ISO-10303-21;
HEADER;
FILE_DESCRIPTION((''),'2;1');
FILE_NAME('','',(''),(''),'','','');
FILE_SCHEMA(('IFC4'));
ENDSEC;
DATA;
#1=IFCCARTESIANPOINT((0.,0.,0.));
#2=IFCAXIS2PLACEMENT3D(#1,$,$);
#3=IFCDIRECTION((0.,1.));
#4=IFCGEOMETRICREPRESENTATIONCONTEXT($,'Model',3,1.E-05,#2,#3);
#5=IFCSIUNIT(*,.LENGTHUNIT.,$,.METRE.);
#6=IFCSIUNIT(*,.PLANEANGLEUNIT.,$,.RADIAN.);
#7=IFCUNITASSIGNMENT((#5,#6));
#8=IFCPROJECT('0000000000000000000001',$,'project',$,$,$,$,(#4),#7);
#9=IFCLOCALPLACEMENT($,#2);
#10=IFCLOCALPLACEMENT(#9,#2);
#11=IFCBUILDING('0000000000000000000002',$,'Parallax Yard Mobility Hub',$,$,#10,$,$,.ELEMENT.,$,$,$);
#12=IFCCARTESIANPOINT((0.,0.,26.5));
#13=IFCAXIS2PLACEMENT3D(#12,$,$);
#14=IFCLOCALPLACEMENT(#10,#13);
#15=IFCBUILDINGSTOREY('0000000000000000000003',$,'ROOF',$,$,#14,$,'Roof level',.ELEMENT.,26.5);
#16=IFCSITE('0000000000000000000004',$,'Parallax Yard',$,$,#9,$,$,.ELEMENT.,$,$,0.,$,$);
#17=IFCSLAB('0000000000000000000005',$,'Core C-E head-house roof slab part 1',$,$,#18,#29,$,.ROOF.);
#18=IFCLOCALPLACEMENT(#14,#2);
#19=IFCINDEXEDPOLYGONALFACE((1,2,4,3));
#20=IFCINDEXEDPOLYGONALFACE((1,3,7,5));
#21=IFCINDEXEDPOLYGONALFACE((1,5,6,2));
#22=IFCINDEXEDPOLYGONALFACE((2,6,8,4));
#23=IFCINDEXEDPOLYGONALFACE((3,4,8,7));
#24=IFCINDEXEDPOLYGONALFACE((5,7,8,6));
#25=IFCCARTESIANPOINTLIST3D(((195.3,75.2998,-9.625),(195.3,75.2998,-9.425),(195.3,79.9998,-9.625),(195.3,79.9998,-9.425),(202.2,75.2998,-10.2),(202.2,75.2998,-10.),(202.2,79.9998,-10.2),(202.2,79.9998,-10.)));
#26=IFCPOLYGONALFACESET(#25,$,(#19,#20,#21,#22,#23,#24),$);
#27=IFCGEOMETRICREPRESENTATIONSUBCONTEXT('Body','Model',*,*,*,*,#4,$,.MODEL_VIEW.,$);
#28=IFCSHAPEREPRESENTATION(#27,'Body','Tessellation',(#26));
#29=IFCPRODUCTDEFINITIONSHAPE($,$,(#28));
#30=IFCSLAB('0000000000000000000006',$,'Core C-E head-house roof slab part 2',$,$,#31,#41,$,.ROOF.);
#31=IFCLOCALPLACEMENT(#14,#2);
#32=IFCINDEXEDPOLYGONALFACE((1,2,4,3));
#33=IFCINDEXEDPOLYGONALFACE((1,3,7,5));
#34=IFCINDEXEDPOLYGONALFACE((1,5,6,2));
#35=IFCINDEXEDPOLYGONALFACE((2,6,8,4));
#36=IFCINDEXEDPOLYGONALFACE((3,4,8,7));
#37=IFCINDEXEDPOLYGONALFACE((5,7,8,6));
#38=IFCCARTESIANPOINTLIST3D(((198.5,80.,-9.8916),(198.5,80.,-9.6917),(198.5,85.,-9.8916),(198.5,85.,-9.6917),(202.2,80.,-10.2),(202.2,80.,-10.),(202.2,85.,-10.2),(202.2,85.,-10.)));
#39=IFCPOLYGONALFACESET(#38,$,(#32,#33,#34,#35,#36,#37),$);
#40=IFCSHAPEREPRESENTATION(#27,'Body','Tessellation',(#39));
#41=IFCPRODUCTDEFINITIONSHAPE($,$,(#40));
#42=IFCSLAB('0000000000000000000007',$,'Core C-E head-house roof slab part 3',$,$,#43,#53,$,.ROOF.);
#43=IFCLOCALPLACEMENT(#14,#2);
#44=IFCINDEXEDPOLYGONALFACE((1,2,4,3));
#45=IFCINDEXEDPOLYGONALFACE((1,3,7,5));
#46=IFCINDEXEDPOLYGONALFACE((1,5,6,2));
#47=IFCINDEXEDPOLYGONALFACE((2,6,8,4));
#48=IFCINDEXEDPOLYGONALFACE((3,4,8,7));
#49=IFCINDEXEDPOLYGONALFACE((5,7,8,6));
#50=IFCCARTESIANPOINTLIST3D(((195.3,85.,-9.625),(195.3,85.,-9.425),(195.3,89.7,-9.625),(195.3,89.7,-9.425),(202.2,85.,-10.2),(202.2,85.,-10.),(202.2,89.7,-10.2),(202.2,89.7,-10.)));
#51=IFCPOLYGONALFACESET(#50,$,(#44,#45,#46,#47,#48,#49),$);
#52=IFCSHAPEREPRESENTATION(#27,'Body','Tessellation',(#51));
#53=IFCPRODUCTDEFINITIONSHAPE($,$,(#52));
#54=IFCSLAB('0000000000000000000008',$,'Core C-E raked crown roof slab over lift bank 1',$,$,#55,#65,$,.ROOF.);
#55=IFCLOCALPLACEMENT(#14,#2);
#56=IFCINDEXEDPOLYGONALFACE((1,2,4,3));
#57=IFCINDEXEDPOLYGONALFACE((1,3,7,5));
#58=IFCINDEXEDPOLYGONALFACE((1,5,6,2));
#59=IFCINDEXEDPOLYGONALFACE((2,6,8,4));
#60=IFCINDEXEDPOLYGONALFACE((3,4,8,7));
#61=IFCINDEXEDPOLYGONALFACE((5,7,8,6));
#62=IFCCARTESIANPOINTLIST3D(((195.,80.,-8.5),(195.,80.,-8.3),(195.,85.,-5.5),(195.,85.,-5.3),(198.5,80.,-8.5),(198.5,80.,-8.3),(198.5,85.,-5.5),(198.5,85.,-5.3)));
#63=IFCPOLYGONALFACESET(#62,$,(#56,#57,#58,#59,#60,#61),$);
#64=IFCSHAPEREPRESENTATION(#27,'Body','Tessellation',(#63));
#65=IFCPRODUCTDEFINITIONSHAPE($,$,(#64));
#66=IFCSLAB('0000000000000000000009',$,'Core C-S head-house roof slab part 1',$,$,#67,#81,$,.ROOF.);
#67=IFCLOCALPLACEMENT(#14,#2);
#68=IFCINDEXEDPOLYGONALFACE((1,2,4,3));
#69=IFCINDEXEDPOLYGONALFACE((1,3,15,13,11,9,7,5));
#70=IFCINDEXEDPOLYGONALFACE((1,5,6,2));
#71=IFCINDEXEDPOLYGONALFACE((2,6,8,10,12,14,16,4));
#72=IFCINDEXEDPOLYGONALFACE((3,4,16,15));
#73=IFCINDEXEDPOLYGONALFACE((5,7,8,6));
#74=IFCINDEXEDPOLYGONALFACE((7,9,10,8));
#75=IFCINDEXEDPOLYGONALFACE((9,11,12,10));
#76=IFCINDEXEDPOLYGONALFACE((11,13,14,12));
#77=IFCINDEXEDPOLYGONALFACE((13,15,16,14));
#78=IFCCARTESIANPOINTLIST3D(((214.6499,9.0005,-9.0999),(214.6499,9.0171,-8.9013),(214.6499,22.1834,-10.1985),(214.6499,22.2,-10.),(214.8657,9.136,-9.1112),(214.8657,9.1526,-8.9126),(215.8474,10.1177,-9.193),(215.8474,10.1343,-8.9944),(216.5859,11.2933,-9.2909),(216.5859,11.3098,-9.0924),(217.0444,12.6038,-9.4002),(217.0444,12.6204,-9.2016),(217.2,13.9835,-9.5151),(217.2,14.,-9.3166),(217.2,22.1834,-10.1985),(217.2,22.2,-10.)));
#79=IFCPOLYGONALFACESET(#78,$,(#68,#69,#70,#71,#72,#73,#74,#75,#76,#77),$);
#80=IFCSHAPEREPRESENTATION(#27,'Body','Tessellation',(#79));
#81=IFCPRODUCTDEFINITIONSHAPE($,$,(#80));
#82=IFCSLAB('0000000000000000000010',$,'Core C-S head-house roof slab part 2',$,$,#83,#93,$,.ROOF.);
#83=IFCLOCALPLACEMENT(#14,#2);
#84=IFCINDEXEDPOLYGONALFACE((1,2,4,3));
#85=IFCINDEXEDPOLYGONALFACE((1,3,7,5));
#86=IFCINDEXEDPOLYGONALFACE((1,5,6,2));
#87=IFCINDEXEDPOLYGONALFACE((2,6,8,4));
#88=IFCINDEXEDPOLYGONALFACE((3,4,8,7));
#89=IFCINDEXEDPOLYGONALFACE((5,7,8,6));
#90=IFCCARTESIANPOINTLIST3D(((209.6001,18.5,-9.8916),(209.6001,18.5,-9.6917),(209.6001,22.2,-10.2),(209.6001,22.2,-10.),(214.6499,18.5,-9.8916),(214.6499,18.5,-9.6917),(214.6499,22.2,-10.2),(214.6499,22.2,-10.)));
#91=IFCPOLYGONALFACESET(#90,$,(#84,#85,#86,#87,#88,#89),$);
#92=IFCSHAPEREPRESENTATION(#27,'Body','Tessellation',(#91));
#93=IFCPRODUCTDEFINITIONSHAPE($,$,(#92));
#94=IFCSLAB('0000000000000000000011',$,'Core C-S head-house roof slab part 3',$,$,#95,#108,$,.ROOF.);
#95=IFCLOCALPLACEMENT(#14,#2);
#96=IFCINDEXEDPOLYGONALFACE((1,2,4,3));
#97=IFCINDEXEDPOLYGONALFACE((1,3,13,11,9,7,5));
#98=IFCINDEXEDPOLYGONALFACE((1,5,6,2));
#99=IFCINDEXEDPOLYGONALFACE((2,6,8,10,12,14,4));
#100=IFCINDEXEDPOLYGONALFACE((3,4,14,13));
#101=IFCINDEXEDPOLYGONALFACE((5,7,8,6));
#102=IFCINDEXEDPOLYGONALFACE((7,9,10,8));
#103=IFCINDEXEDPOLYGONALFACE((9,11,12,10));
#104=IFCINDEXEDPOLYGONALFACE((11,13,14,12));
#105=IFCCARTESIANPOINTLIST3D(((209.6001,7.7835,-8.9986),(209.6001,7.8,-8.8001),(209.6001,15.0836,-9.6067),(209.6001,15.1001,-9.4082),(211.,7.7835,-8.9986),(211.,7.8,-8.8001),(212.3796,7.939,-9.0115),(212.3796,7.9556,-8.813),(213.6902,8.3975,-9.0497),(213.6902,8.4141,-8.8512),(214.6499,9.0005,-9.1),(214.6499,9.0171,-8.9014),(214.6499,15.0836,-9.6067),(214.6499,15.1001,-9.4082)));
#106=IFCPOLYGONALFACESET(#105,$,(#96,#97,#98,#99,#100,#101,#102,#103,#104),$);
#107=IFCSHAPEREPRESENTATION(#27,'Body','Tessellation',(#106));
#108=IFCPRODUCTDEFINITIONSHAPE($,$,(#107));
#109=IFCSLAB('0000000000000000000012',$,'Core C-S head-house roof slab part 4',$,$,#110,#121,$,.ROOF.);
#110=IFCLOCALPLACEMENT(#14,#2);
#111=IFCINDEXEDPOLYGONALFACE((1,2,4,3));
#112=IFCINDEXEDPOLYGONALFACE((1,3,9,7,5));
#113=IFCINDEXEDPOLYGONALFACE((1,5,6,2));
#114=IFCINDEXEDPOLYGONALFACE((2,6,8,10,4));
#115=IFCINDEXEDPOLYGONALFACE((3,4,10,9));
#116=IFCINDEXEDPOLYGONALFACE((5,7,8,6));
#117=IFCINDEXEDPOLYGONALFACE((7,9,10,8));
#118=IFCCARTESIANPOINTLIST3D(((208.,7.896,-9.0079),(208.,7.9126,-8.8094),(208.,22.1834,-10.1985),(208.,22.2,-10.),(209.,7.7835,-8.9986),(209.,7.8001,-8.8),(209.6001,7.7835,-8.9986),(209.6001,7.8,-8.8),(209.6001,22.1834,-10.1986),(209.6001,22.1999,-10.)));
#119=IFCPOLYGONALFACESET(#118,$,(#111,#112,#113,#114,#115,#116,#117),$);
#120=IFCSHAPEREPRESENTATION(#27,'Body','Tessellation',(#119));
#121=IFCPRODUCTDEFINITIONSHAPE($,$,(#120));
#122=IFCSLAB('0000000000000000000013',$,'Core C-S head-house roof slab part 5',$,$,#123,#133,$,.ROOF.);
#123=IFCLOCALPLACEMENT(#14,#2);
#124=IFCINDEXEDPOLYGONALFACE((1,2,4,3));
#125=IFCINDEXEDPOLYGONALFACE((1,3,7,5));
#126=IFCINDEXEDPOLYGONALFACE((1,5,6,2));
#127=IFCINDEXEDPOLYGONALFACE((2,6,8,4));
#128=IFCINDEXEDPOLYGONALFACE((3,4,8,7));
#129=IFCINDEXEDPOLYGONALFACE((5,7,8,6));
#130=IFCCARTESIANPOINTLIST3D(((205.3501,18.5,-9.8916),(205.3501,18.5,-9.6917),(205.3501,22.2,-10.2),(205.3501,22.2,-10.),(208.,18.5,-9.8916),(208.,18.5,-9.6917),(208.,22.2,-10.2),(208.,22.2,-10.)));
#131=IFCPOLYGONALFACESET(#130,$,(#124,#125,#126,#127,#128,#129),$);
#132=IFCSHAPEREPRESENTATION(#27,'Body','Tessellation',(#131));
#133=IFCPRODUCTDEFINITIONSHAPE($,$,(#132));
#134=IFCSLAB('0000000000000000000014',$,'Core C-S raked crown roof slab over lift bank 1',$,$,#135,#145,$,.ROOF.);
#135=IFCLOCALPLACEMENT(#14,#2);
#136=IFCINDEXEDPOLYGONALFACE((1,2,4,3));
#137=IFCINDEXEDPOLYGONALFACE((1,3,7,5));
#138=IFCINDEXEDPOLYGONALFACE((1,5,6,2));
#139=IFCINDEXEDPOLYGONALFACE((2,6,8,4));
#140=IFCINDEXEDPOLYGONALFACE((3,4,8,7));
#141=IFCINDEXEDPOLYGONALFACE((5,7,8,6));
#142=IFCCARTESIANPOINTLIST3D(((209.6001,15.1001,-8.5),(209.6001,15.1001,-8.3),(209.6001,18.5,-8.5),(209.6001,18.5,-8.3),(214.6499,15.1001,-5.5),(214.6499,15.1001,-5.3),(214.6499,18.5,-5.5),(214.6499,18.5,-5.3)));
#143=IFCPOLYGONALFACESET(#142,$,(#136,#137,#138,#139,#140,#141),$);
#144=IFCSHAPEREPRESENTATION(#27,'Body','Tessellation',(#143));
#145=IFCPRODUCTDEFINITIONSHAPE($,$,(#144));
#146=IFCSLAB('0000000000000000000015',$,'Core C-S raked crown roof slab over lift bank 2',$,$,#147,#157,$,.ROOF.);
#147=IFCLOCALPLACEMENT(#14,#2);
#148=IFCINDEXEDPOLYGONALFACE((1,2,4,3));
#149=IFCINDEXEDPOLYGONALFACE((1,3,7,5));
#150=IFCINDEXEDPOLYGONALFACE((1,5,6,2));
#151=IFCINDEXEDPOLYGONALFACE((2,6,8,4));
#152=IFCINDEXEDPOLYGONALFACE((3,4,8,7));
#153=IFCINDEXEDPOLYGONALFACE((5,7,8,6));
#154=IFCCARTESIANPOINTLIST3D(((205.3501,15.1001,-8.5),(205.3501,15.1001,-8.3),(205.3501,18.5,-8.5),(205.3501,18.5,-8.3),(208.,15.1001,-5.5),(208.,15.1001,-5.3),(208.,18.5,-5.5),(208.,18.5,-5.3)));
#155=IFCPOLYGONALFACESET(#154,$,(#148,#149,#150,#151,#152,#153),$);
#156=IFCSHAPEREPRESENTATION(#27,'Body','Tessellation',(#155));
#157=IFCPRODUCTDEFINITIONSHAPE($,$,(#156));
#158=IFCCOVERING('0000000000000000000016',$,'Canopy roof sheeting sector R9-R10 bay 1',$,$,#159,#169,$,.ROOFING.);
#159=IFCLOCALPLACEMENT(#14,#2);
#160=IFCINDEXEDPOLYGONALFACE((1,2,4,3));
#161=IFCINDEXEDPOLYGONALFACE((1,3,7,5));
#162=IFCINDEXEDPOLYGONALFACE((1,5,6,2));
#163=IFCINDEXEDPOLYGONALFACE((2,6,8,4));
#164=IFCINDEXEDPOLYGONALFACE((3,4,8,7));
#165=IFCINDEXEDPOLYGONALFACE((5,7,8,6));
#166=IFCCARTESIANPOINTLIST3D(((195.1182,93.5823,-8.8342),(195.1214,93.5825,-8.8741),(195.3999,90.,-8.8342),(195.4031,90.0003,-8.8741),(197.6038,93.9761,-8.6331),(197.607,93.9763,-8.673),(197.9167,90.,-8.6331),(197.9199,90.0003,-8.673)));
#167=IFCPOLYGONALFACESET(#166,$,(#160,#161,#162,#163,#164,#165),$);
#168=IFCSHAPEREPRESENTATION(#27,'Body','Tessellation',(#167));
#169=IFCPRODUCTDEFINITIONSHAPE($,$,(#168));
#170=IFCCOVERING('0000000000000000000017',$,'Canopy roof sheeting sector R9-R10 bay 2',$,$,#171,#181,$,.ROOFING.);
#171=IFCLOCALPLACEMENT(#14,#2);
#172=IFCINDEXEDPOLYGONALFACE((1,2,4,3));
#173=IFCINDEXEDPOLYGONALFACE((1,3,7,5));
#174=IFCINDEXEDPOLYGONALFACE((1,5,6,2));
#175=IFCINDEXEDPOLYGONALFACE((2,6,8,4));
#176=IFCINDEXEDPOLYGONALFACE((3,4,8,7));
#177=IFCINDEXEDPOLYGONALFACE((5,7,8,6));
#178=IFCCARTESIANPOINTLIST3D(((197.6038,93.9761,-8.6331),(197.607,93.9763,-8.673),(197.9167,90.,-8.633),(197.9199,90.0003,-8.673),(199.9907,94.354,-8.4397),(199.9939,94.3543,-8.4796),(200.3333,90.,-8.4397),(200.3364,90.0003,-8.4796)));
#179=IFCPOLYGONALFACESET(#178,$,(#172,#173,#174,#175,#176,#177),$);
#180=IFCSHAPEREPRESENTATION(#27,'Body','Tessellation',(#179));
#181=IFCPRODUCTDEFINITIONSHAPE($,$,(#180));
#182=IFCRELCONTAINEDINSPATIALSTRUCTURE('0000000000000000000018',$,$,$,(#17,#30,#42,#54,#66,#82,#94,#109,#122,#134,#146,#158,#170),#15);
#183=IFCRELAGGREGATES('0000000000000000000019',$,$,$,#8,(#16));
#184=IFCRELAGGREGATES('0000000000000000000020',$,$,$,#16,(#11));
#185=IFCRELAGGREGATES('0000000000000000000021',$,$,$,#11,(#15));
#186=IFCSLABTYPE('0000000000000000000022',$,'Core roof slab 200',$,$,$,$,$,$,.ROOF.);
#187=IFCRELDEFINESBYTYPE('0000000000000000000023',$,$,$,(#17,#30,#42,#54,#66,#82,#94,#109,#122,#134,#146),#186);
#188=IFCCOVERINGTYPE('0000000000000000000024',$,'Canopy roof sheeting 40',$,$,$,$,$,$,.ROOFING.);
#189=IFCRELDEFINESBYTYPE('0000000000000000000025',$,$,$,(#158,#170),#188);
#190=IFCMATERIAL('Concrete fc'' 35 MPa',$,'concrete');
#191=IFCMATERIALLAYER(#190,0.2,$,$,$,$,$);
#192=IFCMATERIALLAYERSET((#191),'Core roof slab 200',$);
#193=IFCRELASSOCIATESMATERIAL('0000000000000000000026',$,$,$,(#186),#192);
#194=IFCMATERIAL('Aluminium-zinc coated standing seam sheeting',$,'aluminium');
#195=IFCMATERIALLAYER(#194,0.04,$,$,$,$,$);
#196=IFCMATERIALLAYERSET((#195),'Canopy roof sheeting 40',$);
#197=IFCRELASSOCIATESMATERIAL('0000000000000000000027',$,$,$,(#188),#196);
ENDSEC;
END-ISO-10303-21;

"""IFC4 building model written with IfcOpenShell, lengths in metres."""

from ifc_helpers import new_model, si_unit, direction, frame, origin, place, context, subcontext, project, spatial, polyline, outline, extrude, material, layer, layer_set, type_object, element, save


model = new_model("IFC4")

# Units and contexts
model_context = context("Model", 3, precision=1e-05, world=origin(), true_north=direction((0.0, 1.0)))
body_context = subcontext(model_context, "Body", "Model", "MODEL_VIEW")
ifc_project = project(units=[si_unit("LENGTHUNIT", "METRE"), si_unit("PLANEANGLEUNIT", "RADIAN")], contexts=[model_context])

# Site, building, storey
site_placement = place(None, origin())
site = spatial("IfcSite", under=ifc_project, at=site_placement, Name="Parallax Yard", CompositionType="ELEMENT", RefElevation=0.0)
building_placement = place(site_placement, origin())
building = spatial("IfcBuilding", under=site, at=building_placement, Name="Parallax Yard Mobility Hub", CompositionType="ELEMENT")
storey_placement = place(building_placement, frame((0.0, 0.0, 26.5)))
storey = spatial("IfcBuildingStorey", under=building, at=storey_placement, Name="ROOF", LongName="Roof level", CompositionType="ELEMENT", Elevation=26.5)

# Slabs
ifc_material_1 = material(Name="Concrete fc' 35 MPa", Category="concrete")
ifc_layer_1 = layer(ifc_material_1, 0.2)
ifc_layer_set_1 = layer_set([ifc_layer_1], Name="Core roof slab 200")
slab_type = type_object("IfcSlabType", Name="Core roof slab 200", PredefinedType="ROOF", material=ifc_layer_set_1)
placement = place(building_placement, frame((0.0, 0.0, 13.2)))
slab_1_placement = place(placement, frame((202.2, 77.6499, 3.3), z_axis=(0.0, 0.0, 1.0), x_axis=(-1.0, 0.0, 0.0)))
element("IfcSlab", 1, at=slab_1_placement, inside=storey, type_object=slab_type, Name="Core C-E head-house roof slab part 1", PredefinedType="ROOF", context=body_context, shape_type="SweptSolid", body=[
    extrude(outline(polyline([(0.0, -0.2), (6.8999, 0.375), (6.8999, 0.575), (0.0, 0.0), (0.0, -0.2)])), frame((0.0, 2.3501, 0.0), z_axis=(0.0, -1.0, 0.0), x_axis=(1.0, 0.0, 0.0)), (0.0, 0.0, 1.0), 4.7),
])
slab_2_placement = place(placement, frame((202.2, 82.5, 3.3), z_axis=(0.0, 0.0, 1.0), x_axis=(-1.0, 0.0, 0.0)))
element("IfcSlab", 2, at=slab_2_placement, inside=storey, type_object=slab_type, Name="Core C-E head-house roof slab part 2", PredefinedType="ROOF", context=body_context, shape_type="SweptSolid", body=[
    extrude(outline(polyline([(0.0, -0.2), (3.7, 0.1084), (3.7, 0.3083), (0.0, 0.0), (0.0, -0.2)])), frame((0.0, 2.5, 0.0), z_axis=(0.0, -1.0, 0.0), x_axis=(1.0, 0.0, 0.0)), (0.0, 0.0, 1.0), 5.0),
])
slab_3_placement = place(placement, frame((202.2, 87.3501, 3.3), z_axis=(0.0, 0.0, 1.0), x_axis=(-1.0, 0.0, 0.0)))
element("IfcSlab", 3, at=slab_3_placement, inside=storey, type_object=slab_type, Name="Core C-E head-house roof slab part 3", PredefinedType="ROOF", context=body_context, shape_type="SweptSolid", body=[
    extrude(outline(polyline([(0.0, -0.2), (6.8999, 0.375), (6.8999, 0.575), (0.0, 0.0), (0.0, -0.2)])), frame((0.0, 2.3501, 0.0), z_axis=(0.0, -1.0, 0.0), x_axis=(1.0, 0.0, 0.0)), (0.0, 0.0, 1.0), 4.7),
])
slab_4_placement = place(placement, frame((196.75, 80.0, 5.0), z_axis=(0.0, 0.0, 1.0), x_axis=(0.0, 1.0, 0.0)))
element("IfcSlab", 4, at=slab_4_placement, inside=storey, type_object=slab_type, Name="Core C-E raked crown roof slab over lift bank 1", PredefinedType="ROOF", context=body_context, shape_type="SweptSolid", body=[
    extrude(outline(polyline([(0.0, -0.2), (5.0, 2.8), (5.0, 3.0), (0.0, 0.0), (0.0, -0.2)])), frame((0.0, 1.75, 0.0), z_axis=(0.0, -1.0, 0.0), x_axis=(1.0, 0.0, 0.0)), (0.0, 0.0, 1.0), 3.5),
])
slab_5_placement = place(placement, frame((217.2, 22.2, 3.3), z_axis=(0.000003, 0.083052, 0.996545), x_axis=(0.0, -0.996545, 0.083052)))
element("IfcSlab", 5, at=slab_5_placement, inside=storey, type_object=slab_type, Name="Core C-S head-house roof slab part 1", PredefinedType="ROOF", context=body_context, shape_type="SweptSolid", body=[
    extrude(outline(polyline([(0.0, 0.0), (8.2284, 0.0), (9.6128, -0.1555), (10.9279, -0.614), (12.1075, -1.3525), (13.0926, -2.3342), (13.2286, -2.55), (0.0, -2.55), (0.0, 0.0)])), origin(), (0.0, 0.0, -1.0), 0.1992),
])
slab_6_placement = place(placement, frame((212.125, 22.2, 3.3), z_axis=(0.0, 0.0, 1.0), x_axis=(0.0, -1.0, 0.0)))
element("IfcSlab", 6, at=slab_6_placement, inside=storey, type_object=slab_type, Name="Core C-S head-house roof slab part 2", PredefinedType="ROOF", context=body_context, shape_type="SweptSolid", body=[
    extrude(outline(polyline([(0.0, -0.2), (3.7, 0.1084), (3.7, 0.3083), (0.0, 0.0), (0.0, -0.2)])), frame((0.0, 2.5249, 0.0), z_axis=(0.0, -1.0, 0.0), x_axis=(1.0, 0.0, 0.0)), (0.0, 0.0, 1.0), 5.0498),
])
slab_7_placement = place(placement, frame((209.6001, 15.1001, 3.8918), z_axis=(-0.000005, 0.083019, 0.996548), x_axis=(1.0, 0.0, 0.000005)))
element("IfcSlab", 7, at=slab_7_placement, inside=storey, type_object=slab_type, Name="Core C-S head-house roof slab part 3", PredefinedType="ROOF", context=body_context, shape_type="SweptSolid", body=[
    extrude(outline(polyline([(0.0, 0.0), (5.0498, 0.0), (5.0498, -6.1041), (4.0901, -6.7092), (2.7795, -7.1693), (1.3999, -7.3253), (0.0, -7.3253), (0.0, 0.0)])), origin(), (0.0, 0.0, -1.0), 0.1992),
])
slab_8_placement = place(placement, frame((209.6001, 7.8, 4.5), z_axis=(0.000032, 0.083045, 0.996546), x_axis=(-1.0, 0.000003, 0.000032)))
element("IfcSlab", 8, at=slab_8_placement, inside=storey, type_object=slab_type, Name="Core C-S head-house roof slab part 4", PredefinedType="ROOF", context=body_context, shape_type="SweptSolid", body=[
    extrude(outline(polyline([(0.0, 0.0), (0.6001, 0.0), (1.6001, -0.1129), (1.6001, -14.4498), (0.0, -14.4498), (0.0, 0.0)])), origin(), (0.0, 0.0, -1.0), 0.1992),
])
slab_9_placement = place(placement, frame((206.675, 22.2, 3.3), z_axis=(0.0, 0.0, 1.0), x_axis=(0.0, -1.0, 0.0)))
element("IfcSlab", 9, at=slab_9_placement, inside=storey, type_object=slab_type, Name="Core C-S head-house roof slab part 5", PredefinedType="ROOF", context=body_context, shape_type="SweptSolid", body=[
    extrude(outline(polyline([(0.0, -0.2), (3.7, 0.1084), (3.7, 0.3083), (0.0, 0.0), (0.0, -0.2)])), frame((0.0, 1.325, 0.0), z_axis=(0.0, -1.0, 0.0), x_axis=(1.0, 0.0, 0.0)), (0.0, 0.0, 1.0), 2.6499),
])
slab_10_placement = place(placement, frame((209.6001, 16.8, 5.0), z_axis=(0.0, 0.0, 1.0), x_axis=(1.0, 0.0, 0.0)))
element("IfcSlab", 10, at=slab_10_placement, inside=storey, type_object=slab_type, Name="Core C-S raked crown roof slab over lift bank 1", PredefinedType="ROOF", context=body_context, shape_type="SweptSolid", body=[
    extrude(outline(polyline([(0.0, -0.2), (5.0498, 2.8), (5.0498, 3.0), (0.0, 0.0), (0.0, -0.2)])), frame((0.0, 1.7, 0.0), z_axis=(0.0, -1.0, 0.0), x_axis=(1.0, 0.0, 0.0)), (0.0, 0.0, 1.0), 3.3999),
])
slab_11_placement = place(placement, frame((205.3501, 16.8, 5.0), z_axis=(0.0, 0.0, 1.0), x_axis=(1.0, 0.0, 0.0)))
element("IfcSlab", 11, at=slab_11_placement, inside=storey, type_object=slab_type, Name="Core C-S raked crown roof slab over lift bank 2", PredefinedType="ROOF", context=body_context, shape_type="SweptSolid", body=[
    extrude(outline(polyline([(0.0, -0.2), (2.6499, 2.8), (2.6499, 3.0), (0.0, 0.0), (0.0, -0.2)])), frame((0.0, 1.7, 0.0), z_axis=(0.0, -1.0, 0.0), x_axis=(1.0, 0.0, 0.0)), (0.0, 0.0, 1.0), 3.3999),
])

# Coverings
ifc_material_2 = material(Name="Aluminium-zinc coated standing seam sheeting", Category="aluminium")
ifc_layer_2 = layer(ifc_material_2, 0.04)
ifc_layer_set_2 = layer_set([ifc_layer_2], Name="Canopy roof sheeting 40")
covering_type = type_object("IfcCoveringType", Name="Canopy roof sheeting 40", PredefinedType="ROOFING", material=ifc_layer_set_2)
covering_1_placement = place(placement, frame((195.1182, 93.5823, 4.4658), z_axis=(-0.079679, -0.006269, 0.996801), x_axis=(0.078406, -0.996922, -0.000003)))
element("IfcCovering", 12, at=covering_1_placement, inside=storey, type_object=covering_type, Name="Canopy roof sheeting sector R9-R10 bay 1", PredefinedType="ROOFING", context=body_context, shape_type="SweptSolid", body=[
    extrude(outline(polyline([(0.0, 0.0), (3.5933, 0.0), (3.7907, 2.5171), (-0.1977, 2.5169), (0.0, 0.0)])), origin(), (0.0, 0.0, -1.0), 0.04),
])
covering_2_placement = place(placement, frame((197.6038, 93.9761, 4.667), z_axis=(-0.079756, -0.006276, 0.996795), x_axis=(0.078475, -0.996916, 0.000002)))
element("IfcCovering", 13, at=covering_2_placement, inside=storey, type_object=covering_type, Name="Canopy roof sheeting sector R9-R10 bay 2", PredefinedType="ROOFING", context=body_context, shape_type="SweptSolid", body=[
    extrude(outline(polyline([(0.0, 0.0), (3.9884, 0.0), (4.178, 2.4168), (-0.1894, 2.417), (0.0, 0.0)])), origin(), (0.0, 0.0, -1.0), 0.04),
])

save(model, "model.ifc")
